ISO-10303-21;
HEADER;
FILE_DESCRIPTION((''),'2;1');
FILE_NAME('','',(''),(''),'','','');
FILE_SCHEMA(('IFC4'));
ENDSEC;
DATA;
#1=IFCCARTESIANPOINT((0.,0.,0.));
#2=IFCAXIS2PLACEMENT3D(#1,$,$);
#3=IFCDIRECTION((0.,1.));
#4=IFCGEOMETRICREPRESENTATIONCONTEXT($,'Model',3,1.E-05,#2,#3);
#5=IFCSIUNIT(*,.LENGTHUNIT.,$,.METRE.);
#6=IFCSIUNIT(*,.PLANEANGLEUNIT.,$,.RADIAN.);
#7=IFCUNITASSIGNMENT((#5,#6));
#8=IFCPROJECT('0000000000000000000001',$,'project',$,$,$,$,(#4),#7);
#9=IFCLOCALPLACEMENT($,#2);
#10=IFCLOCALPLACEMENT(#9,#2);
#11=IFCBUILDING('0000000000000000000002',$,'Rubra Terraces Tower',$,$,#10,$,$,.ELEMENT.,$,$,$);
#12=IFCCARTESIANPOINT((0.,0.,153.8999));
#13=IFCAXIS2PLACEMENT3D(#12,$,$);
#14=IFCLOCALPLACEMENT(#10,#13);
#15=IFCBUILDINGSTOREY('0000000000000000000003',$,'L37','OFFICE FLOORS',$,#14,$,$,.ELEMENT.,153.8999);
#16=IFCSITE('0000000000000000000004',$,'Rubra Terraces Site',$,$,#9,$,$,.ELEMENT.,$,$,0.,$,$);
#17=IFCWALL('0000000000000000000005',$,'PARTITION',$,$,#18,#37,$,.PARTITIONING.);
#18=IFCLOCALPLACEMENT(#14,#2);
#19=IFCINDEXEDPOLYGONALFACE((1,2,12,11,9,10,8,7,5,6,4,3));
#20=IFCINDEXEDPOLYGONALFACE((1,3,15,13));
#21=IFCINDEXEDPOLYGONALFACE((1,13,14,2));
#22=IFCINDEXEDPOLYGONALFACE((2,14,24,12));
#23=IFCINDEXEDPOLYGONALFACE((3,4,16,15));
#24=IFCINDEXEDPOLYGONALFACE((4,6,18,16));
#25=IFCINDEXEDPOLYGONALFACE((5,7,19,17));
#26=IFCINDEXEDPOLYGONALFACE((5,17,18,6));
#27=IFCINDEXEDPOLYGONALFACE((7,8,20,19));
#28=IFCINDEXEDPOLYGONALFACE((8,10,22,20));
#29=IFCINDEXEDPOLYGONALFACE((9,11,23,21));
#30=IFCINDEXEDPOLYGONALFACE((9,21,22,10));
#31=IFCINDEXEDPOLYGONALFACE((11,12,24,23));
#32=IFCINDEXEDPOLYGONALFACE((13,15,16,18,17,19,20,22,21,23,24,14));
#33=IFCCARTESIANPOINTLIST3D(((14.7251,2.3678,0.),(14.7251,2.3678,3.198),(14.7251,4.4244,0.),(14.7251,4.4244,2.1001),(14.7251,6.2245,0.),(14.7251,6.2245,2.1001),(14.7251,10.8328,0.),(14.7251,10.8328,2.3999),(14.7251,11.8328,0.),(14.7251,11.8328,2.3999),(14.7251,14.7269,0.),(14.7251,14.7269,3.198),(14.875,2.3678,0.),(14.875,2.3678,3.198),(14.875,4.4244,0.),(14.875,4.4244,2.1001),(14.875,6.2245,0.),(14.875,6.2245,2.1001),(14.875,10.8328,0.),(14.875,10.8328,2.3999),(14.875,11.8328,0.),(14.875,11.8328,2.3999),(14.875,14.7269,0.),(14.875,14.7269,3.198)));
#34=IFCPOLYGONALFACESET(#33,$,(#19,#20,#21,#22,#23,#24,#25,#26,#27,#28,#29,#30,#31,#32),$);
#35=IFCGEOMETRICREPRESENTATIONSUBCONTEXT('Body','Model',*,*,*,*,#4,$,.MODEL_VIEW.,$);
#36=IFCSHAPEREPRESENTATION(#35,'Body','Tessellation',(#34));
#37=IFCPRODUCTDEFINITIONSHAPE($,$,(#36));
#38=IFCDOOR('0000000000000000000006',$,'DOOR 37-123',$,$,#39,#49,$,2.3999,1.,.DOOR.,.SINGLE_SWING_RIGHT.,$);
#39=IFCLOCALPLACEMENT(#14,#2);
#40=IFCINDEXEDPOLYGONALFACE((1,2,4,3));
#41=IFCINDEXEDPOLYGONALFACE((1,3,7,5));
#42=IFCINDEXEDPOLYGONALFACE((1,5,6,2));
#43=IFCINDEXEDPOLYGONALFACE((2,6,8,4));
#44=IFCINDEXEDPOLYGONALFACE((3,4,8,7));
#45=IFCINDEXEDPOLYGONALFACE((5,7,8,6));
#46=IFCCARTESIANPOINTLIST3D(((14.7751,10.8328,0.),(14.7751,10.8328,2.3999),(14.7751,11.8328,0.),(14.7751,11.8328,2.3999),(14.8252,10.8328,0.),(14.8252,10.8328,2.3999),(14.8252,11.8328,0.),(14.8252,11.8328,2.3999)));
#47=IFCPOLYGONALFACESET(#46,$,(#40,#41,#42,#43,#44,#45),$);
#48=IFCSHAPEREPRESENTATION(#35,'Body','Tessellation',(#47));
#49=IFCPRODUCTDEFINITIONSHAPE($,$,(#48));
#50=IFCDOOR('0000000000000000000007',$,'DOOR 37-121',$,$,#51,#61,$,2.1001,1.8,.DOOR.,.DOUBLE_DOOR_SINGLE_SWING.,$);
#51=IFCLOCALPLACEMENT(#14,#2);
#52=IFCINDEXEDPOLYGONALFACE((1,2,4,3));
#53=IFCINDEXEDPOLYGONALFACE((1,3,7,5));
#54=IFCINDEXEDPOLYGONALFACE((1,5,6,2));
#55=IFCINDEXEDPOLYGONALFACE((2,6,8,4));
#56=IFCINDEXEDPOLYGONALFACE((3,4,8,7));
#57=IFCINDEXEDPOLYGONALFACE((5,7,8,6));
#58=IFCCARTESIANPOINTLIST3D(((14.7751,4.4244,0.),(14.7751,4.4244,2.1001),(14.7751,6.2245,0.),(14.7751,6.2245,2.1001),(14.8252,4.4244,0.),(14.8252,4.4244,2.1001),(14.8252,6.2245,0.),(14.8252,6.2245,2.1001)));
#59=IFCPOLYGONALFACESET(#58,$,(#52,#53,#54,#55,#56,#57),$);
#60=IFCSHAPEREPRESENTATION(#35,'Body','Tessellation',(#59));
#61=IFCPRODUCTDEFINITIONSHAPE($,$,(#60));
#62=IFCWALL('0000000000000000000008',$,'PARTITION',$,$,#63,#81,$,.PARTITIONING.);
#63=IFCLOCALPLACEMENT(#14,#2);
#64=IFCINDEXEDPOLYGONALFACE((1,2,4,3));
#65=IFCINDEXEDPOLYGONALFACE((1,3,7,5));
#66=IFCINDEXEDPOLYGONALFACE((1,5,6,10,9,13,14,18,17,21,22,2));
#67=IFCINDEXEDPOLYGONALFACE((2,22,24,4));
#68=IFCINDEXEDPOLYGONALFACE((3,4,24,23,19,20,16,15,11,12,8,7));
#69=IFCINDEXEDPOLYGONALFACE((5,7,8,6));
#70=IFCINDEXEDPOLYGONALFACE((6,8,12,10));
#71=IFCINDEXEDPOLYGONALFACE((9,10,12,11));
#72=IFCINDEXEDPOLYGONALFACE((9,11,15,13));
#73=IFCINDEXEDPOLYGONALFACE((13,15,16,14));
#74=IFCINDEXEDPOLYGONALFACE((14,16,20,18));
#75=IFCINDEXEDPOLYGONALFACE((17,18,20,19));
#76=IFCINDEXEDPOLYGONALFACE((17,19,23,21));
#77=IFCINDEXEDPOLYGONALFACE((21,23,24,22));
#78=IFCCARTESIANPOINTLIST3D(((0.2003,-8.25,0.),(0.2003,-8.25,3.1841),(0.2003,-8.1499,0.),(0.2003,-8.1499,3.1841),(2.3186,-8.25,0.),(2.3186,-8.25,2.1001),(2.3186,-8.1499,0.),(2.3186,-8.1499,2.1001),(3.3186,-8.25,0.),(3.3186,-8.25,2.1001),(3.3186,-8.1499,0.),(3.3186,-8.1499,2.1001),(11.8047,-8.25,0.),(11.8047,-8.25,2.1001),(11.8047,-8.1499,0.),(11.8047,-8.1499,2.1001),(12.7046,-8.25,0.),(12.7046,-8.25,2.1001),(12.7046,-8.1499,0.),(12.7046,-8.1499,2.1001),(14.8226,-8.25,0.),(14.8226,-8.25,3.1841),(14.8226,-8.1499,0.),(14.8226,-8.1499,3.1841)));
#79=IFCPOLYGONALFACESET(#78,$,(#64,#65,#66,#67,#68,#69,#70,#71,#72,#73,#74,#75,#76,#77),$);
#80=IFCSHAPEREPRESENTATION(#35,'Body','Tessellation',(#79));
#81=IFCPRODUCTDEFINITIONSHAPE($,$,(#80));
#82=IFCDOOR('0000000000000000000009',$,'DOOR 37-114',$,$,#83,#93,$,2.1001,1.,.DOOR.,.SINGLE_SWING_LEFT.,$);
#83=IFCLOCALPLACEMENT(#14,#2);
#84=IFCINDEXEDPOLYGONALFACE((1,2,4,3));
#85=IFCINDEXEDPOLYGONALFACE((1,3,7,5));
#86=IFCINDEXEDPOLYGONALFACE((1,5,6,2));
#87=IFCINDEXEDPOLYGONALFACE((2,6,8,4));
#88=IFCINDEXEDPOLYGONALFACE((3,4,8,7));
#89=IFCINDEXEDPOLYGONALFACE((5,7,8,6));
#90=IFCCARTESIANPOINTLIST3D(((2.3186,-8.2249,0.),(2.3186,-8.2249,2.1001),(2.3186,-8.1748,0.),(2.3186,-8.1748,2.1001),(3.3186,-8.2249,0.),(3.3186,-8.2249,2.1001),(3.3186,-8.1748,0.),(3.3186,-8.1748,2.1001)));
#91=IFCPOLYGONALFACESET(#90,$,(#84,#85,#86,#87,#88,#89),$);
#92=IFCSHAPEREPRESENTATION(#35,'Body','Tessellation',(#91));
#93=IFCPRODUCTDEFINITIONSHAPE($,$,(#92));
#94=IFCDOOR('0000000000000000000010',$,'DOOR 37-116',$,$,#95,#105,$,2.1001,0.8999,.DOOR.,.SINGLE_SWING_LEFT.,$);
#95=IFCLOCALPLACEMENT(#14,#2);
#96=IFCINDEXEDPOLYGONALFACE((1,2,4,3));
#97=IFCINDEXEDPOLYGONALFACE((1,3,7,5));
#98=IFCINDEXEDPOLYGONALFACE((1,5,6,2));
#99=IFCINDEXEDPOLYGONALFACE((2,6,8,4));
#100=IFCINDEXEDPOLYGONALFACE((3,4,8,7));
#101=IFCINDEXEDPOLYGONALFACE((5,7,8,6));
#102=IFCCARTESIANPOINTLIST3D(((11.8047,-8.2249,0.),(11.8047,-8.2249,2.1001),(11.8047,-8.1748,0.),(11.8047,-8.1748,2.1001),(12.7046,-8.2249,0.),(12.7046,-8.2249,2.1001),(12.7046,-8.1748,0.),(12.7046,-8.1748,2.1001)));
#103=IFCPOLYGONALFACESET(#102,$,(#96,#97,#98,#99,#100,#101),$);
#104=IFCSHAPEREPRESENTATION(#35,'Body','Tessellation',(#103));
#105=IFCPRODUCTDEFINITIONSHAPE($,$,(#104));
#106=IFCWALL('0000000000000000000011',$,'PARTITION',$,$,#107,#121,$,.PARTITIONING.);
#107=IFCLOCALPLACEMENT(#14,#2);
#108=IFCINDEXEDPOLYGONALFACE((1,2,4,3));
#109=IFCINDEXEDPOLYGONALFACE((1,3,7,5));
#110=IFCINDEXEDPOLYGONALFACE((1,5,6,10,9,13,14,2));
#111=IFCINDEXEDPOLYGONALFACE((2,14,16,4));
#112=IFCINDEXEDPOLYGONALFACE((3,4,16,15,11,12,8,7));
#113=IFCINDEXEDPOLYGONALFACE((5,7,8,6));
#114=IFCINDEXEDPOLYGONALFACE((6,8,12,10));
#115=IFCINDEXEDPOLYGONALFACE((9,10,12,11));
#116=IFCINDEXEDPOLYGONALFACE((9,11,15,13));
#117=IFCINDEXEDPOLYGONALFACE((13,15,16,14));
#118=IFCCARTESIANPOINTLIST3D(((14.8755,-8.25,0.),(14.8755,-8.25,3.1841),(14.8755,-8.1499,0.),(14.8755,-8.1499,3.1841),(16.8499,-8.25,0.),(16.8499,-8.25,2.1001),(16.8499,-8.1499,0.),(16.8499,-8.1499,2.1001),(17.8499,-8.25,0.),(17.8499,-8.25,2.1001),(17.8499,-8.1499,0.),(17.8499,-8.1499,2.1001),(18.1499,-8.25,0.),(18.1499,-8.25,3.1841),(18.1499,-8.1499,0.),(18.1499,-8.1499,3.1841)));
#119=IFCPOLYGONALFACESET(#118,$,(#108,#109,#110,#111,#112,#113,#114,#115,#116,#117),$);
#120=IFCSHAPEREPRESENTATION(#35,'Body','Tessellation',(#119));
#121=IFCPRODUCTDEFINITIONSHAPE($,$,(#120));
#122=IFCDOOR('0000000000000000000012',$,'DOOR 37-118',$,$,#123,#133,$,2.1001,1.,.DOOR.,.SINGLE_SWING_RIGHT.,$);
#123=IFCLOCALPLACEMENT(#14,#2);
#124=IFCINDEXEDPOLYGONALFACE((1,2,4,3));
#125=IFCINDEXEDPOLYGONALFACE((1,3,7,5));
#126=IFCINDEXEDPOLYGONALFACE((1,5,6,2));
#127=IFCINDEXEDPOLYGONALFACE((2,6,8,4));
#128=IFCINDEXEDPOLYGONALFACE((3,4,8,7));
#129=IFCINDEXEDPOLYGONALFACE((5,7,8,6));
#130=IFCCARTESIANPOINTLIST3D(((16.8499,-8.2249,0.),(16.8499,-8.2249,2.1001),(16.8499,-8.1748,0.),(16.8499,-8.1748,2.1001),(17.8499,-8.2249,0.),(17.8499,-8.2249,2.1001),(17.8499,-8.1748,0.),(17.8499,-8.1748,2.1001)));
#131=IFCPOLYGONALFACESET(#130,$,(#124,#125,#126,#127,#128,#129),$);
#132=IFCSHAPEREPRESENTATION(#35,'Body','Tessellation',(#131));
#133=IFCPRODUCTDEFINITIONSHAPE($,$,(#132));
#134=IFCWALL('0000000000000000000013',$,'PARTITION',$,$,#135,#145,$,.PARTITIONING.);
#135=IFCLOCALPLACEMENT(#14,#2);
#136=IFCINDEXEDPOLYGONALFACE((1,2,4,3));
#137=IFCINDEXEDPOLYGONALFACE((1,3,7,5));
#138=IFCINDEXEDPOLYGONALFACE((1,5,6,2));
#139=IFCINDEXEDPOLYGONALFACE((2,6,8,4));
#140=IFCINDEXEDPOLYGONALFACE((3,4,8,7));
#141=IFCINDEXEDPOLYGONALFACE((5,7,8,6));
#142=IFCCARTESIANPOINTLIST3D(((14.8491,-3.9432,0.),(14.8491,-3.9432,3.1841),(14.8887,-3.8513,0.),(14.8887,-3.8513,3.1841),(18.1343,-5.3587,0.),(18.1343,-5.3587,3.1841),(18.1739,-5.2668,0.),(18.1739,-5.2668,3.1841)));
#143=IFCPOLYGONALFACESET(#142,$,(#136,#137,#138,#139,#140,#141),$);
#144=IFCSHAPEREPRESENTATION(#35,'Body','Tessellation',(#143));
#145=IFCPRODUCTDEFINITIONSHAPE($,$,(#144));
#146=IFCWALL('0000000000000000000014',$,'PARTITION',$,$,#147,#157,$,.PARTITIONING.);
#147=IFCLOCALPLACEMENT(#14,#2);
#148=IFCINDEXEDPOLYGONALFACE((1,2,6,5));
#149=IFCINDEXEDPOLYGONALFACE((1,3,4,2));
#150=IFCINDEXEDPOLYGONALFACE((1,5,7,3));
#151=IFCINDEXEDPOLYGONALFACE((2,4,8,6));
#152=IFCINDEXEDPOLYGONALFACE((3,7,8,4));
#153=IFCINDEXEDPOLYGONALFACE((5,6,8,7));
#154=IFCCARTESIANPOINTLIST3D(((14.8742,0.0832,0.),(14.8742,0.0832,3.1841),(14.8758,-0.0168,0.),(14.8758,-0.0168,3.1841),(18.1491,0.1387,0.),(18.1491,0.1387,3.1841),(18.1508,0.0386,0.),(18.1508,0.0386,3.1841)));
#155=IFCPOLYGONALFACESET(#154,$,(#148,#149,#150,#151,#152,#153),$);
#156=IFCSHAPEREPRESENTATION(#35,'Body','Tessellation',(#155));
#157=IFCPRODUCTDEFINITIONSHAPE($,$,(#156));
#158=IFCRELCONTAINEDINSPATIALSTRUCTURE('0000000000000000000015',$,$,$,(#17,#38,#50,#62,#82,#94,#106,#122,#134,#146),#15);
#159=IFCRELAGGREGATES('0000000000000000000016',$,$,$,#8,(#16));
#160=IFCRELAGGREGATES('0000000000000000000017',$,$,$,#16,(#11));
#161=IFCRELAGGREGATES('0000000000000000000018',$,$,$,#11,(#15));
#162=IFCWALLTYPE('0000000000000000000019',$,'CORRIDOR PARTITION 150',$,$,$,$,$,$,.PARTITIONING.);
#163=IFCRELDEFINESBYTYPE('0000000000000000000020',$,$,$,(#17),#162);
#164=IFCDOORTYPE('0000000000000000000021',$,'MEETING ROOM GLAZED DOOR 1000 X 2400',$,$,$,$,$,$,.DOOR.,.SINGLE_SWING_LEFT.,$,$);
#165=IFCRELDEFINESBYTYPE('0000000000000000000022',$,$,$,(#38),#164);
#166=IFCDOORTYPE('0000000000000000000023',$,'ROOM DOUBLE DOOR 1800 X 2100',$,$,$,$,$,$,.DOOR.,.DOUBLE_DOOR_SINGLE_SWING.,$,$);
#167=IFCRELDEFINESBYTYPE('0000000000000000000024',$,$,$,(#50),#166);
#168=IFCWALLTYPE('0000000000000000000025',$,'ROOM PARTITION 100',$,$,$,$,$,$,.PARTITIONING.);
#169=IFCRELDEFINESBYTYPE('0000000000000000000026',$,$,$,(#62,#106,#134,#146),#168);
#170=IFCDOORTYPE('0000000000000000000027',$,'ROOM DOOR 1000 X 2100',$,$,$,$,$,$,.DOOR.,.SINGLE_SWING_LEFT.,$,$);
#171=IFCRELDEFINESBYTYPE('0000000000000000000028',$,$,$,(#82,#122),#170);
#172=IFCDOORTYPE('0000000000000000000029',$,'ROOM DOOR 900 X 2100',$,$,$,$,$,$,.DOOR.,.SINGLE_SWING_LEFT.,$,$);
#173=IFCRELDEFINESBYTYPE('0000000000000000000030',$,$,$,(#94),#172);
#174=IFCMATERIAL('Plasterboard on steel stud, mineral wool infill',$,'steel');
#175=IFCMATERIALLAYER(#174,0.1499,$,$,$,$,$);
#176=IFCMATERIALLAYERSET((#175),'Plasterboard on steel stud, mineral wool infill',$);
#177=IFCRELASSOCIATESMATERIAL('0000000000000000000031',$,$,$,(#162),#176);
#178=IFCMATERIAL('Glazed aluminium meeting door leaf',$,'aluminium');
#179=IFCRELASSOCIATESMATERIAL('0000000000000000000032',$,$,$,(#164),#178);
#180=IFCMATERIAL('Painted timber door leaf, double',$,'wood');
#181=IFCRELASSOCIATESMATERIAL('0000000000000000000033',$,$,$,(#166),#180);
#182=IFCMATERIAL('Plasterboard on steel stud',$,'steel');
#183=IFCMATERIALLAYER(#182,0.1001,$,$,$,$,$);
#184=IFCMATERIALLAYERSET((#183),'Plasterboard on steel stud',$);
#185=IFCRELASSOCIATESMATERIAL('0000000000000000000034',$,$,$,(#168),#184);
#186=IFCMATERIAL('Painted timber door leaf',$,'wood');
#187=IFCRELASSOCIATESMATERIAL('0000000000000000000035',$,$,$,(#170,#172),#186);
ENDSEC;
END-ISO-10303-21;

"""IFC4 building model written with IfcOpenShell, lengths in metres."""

from ifc_helpers import new_model, si_unit, direction, frame, frame_2d, origin, place, context, subcontext, project, spatial, rectangle, extrude, material, layer, layer_set, type_object, element, fill, save


model = new_model("IFC4")

# Units and contexts
model_context = context("Model", 3, precision=1e-05, world=origin(), true_north=direction((0.0, 1.0)))
body_context = subcontext(model_context, "Body", "Model", "MODEL_VIEW")
ifc_project = project(units=[si_unit("LENGTHUNIT", "METRE"), si_unit("PLANEANGLEUNIT", "RADIAN")], contexts=[model_context])

# Site, building, storey
site_placement = place(None, origin())
site = spatial("IfcSite", under=ifc_project, at=site_placement, Name="Rubra Terraces Site", CompositionType="ELEMENT", RefElevation=0.0)
building_placement = place(site_placement, origin())
building = spatial("IfcBuilding", under=site, at=building_placement, Name="Rubra Terraces Tower", CompositionType="ELEMENT")
storey_placement = place(building_placement, frame((0.0, 0.0, 153.8999)))
storey = spatial("IfcBuildingStorey", under=building, at=storey_placement, Name="L37", Description="OFFICE FLOORS", CompositionType="ELEMENT", Elevation=153.8999)

# Shared definitions
ifc_material_1 = material(Name="Plasterboard on steel stud, mineral wool infill", Category="steel")
ifc_layer_1 = layer(ifc_material_1, 0.1499)
ifc_layer_set_1 = layer_set([ifc_layer_1], Name="Plasterboard on steel stud, mineral wool infill")
wall_type_1 = type_object("IfcWallType", Name="CORRIDOR PARTITION 150", PredefinedType="PARTITIONING", material=ifc_layer_set_1)
ifc_material_2 = material(Name="Glazed aluminium meeting door leaf", Category="aluminium")
door_type_1 = type_object("IfcDoorType", Name="MEETING ROOM GLAZED DOOR 1000 X 2400", OperationType="SINGLE_SWING_LEFT", PredefinedType="DOOR", material=ifc_material_2)

# Walls, openings, doors
wall_1_placement = place(storey_placement, frame((14.8, 2.3677, 0.0), z_axis=(0.0, 0.0, 1.0), x_axis=(0.0, 1.0, 0.0)))
wall_1 = element("IfcWall", 1, at=wall_1_placement, inside=storey, type_object=wall_type_1, Name="PARTITION", PredefinedType="PARTITIONING", context=body_context, shape_type="SweptSolid", body=[
    extrude(rectangle(XDim=12.3591, YDim=0.1499, at=frame_2d((6.1797, 0.0))), origin(), (0.0, 0.0, 1.0), 3.198),
])
opening_1_placement = place(wall_1_placement, frame((2.0569, 0.0, 0.0)))
opening_1 = element("IfcOpeningElement", 2, at=opening_1_placement, cuts=wall_1, PredefinedType="OPENING", context=body_context, shape_type="SweptSolid", body=[
    extrude(rectangle(XDim=1.8, YDim=2.1001, at=frame_2d((0.8999, 1.05))), frame((0.0, 0.085, 0.0), z_axis=(0.0, -1.0, 0.0), x_axis=(1.0, 0.0, 0.0)), (0.0, 0.0, 1.0), 0.1699),
])
opening_2_placement = place(wall_1_placement, frame((8.4651, 0.0, 0.0)))
opening_2 = element("IfcOpeningElement", 3, at=opening_2_placement, cuts=wall_1, PredefinedType="OPENING", context=body_context, shape_type="SweptSolid", body=[
    extrude(rectangle(XDim=1.0, YDim=2.3999, at=frame_2d((0.5, 1.2))), frame((0.0, 0.085, 0.0), z_axis=(0.0, -1.0, 0.0), x_axis=(1.0, 0.0, 0.0)), (0.0, 0.0, 1.0), 0.1699),
])
door_1_placement = place(opening_2_placement, origin())
door_1 = element("IfcDoor", 4, at=door_1_placement, inside=storey, type_object=door_type_1, Name="DOOR 37-123", OperationType="SINGLE_SWING_RIGHT", OverallHeight=2.3999, OverallWidth=1.0, PredefinedType="DOOR", context=body_context, shape_type="SweptSolid", body=[
    extrude(rectangle(XDim=1.0, YDim=2.3999, at=frame_2d((0.5, 1.2))), frame((0.0, 0.0249, 0.0), z_axis=(0.0, -1.0, 0.0), x_axis=(1.0, 0.0, 0.0)), (0.0, 0.0, 1.0), 0.05),
])
fill(opening_2, door_1)
ifc_material_3 = material(Name="Painted timber door leaf, double", Category="wood")
door_type_2 = type_object("IfcDoorType", Name="ROOM DOUBLE DOOR 1800 X 2100", OperationType="DOUBLE_DOOR_SINGLE_SWING", PredefinedType="DOOR", material=ifc_material_3)
door_2_placement = place(opening_1_placement, origin())
door_2 = element("IfcDoor", 5, at=door_2_placement, inside=storey, type_object=door_type_2, Name="DOOR 37-121", OperationType="DOUBLE_DOOR_SINGLE_SWING", OverallHeight=2.1001, OverallWidth=1.8, PredefinedType="DOOR", context=body_context, shape_type="SweptSolid", body=[
    extrude(rectangle(XDim=1.8, YDim=2.1001, at=frame_2d((0.8999, 1.05))), frame((0.0, 0.0249, 0.0), z_axis=(0.0, -1.0, 0.0), x_axis=(1.0, 0.0, 0.0)), (0.0, 0.0, 1.0), 0.05),
])
fill(opening_1, door_2)
ifc_material_4 = material(Name="Plasterboard on steel stud", Category="steel")
ifc_layer_2 = layer(ifc_material_4, 0.1001)
ifc_layer_set_2 = layer_set([ifc_layer_2], Name="Plasterboard on steel stud")
wall_type_2 = type_object("IfcWallType", Name="ROOM PARTITION 100", PredefinedType="PARTITIONING", material=ifc_layer_set_2)
wall_2_placement = place(storey_placement, frame((14.8225, -8.2, 0.0), z_axis=(0.0, 0.0, 1.0), x_axis=(-1.0, 0.0, 0.0)))
wall_2 = element("IfcWall", 6, at=wall_2_placement, inside=storey, type_object=wall_type_2, Name="PARTITION", PredefinedType="PARTITIONING", context=body_context, shape_type="SweptSolid", body=[
    extrude(rectangle(XDim=14.6223, YDim=0.1001, at=frame_2d((7.311, 0.0))), origin(), (0.0, 0.0, 1.0), 3.1841),
])
opening_3_placement = place(wall_2_placement, frame((11.5039, 0.0, 0.0)))
opening_3 = element("IfcOpeningElement", 7, at=opening_3_placement, cuts=wall_2, PredefinedType="OPENING", context=body_context, shape_type="SweptSolid", body=[
    extrude(rectangle(XDim=1.0, YDim=2.1001, at=frame_2d((0.5, 1.05))), frame((0.0, 0.0601, 0.0), z_axis=(0.0, -1.0, 0.0), x_axis=(1.0, 0.0, 0.0)), (0.0, 0.0, 1.0), 0.1201),
])
opening_4_placement = place(wall_2_placement, frame((2.1179, 0.0, 0.0)))
opening_4 = element("IfcOpeningElement", 8, at=opening_4_placement, cuts=wall_2, PredefinedType="OPENING", context=body_context, shape_type="SweptSolid", body=[
    extrude(rectangle(XDim=0.8999, YDim=2.1001, at=frame_2d((0.45, 1.05))), frame((0.0, 0.0601, 0.0), z_axis=(0.0, -1.0, 0.0), x_axis=(1.0, 0.0, 0.0)), (0.0, 0.0, 1.0), 0.1201),
])
ifc_material_5 = material(Name="Painted timber door leaf", Category="wood")
door_type_3 = type_object("IfcDoorType", Name="ROOM DOOR 1000 X 2100", OperationType="SINGLE_SWING_LEFT", PredefinedType="DOOR", material=ifc_material_5)
door_3_placement = place(opening_3_placement, origin())
door_3 = element("IfcDoor", 9, at=door_3_placement, inside=storey, type_object=door_type_3, Name="DOOR 37-114", OperationType="SINGLE_SWING_LEFT", OverallHeight=2.1001, OverallWidth=1.0, PredefinedType="DOOR", context=body_context, shape_type="SweptSolid", body=[
    extrude(rectangle(XDim=1.0, YDim=2.1001, at=frame_2d((0.5, 1.05))), frame((0.0, 0.0249, 0.0), z_axis=(0.0, -1.0, 0.0), x_axis=(1.0, 0.0, 0.0)), (0.0, 0.0, 1.0), 0.05),
])
fill(opening_3, door_3)
door_type_4 = type_object("IfcDoorType", Name="ROOM DOOR 900 X 2100", OperationType="SINGLE_SWING_LEFT", PredefinedType="DOOR", material=ifc_material_5)
door_4_placement = place(opening_4_placement, origin())
door_4 = element("IfcDoor", 10, at=door_4_placement, inside=storey, type_object=door_type_4, Name="DOOR 37-116", OperationType="SINGLE_SWING_LEFT", OverallHeight=2.1001, OverallWidth=0.8999, PredefinedType="DOOR", context=body_context, shape_type="SweptSolid", body=[
    extrude(rectangle(XDim=0.8999, YDim=2.1001, at=frame_2d((0.45, 1.05))), frame((0.0, 0.0249, 0.0), z_axis=(0.0, -1.0, 0.0), x_axis=(1.0, 0.0, 0.0)), (0.0, 0.0, 1.0), 0.05),
])
fill(opening_4, door_4)

# Wall, opening, door
wall_3_placement = place(storey_placement, frame((18.1499, -8.2, 0.0), z_axis=(0.0, 0.0, 1.0), x_axis=(-1.0, 0.0, 0.0)))
wall_3 = element("IfcWall", 11, at=wall_3_placement, inside=storey, type_object=wall_type_2, Name="PARTITION", PredefinedType="PARTITIONING", context=body_context, shape_type="SweptSolid", body=[
    extrude(rectangle(XDim=3.2744, YDim=0.1001, at=frame_2d((1.6372, 0.0))), origin(), (0.0, 0.0, 1.0), 3.1841),
])
opening_5_placement = place(wall_3_placement, frame((0.3, 0.0, 0.0)))
opening_5 = element("IfcOpeningElement", 12, at=opening_5_placement, cuts=wall_3, PredefinedType="OPENING", context=body_context, shape_type="SweptSolid", body=[
    extrude(rectangle(XDim=1.0, YDim=2.1001, at=frame_2d((0.5, 1.05))), frame((0.0, 0.0601, 0.0), z_axis=(0.0, -1.0, 0.0), x_axis=(1.0, 0.0, 0.0)), (0.0, 0.0, 1.0), 0.1201),
])
door_5_placement = place(opening_5_placement, origin())
door_5 = element("IfcDoor", 13, at=door_5_placement, inside=storey, type_object=door_type_3, Name="DOOR 37-118", OperationType="SINGLE_SWING_RIGHT", OverallHeight=2.1001, OverallWidth=1.0, PredefinedType="DOOR", context=body_context, shape_type="SweptSolid", body=[
    extrude(rectangle(XDim=1.0, YDim=2.1001, at=frame_2d((0.5, 1.05))), frame((0.0, 0.0249, 0.0), z_axis=(0.0, -1.0, 0.0), x_axis=(1.0, 0.0, 0.0)), (0.0, 0.0, 1.0), 0.05),
])
fill(opening_5, door_5)

# Walls
wall_4_placement = place(storey_placement, frame((14.8689, -3.8972, 0.0), z_axis=(0.0, 0.0, 1.0), x_axis=(0.918374, -0.395714, 0.0)))
element("IfcWall", 14, at=wall_4_placement, inside=storey, type_object=wall_type_2, Name="PARTITION", PredefinedType="PARTITIONING", context=body_context, shape_type="SweptSolid", body=[
    extrude(rectangle(XDim=3.5771, YDim=0.1001, at=frame_2d((1.7886, 0.0))), origin(), (0.0, 0.0, 1.0), 3.1841),
])
wall_5_placement = place(storey_placement, frame((14.875, 0.0332, 0.0), z_axis=(0.0, 0.0, 1.0), x_axis=(0.999857, 0.01692, 0.0)))
element("IfcWall", 15, at=wall_5_placement, inside=storey, type_object=wall_type_2, Name="PARTITION", PredefinedType="PARTITIONING", context=body_context, shape_type="SweptSolid", body=[
    extrude(rectangle(XDim=3.2754, YDim=0.1001, at=frame_2d((1.6377, 0.0))), origin(), (0.0, 0.0, 1.0), 3.1841),
])

save(model, "model.ifc")
